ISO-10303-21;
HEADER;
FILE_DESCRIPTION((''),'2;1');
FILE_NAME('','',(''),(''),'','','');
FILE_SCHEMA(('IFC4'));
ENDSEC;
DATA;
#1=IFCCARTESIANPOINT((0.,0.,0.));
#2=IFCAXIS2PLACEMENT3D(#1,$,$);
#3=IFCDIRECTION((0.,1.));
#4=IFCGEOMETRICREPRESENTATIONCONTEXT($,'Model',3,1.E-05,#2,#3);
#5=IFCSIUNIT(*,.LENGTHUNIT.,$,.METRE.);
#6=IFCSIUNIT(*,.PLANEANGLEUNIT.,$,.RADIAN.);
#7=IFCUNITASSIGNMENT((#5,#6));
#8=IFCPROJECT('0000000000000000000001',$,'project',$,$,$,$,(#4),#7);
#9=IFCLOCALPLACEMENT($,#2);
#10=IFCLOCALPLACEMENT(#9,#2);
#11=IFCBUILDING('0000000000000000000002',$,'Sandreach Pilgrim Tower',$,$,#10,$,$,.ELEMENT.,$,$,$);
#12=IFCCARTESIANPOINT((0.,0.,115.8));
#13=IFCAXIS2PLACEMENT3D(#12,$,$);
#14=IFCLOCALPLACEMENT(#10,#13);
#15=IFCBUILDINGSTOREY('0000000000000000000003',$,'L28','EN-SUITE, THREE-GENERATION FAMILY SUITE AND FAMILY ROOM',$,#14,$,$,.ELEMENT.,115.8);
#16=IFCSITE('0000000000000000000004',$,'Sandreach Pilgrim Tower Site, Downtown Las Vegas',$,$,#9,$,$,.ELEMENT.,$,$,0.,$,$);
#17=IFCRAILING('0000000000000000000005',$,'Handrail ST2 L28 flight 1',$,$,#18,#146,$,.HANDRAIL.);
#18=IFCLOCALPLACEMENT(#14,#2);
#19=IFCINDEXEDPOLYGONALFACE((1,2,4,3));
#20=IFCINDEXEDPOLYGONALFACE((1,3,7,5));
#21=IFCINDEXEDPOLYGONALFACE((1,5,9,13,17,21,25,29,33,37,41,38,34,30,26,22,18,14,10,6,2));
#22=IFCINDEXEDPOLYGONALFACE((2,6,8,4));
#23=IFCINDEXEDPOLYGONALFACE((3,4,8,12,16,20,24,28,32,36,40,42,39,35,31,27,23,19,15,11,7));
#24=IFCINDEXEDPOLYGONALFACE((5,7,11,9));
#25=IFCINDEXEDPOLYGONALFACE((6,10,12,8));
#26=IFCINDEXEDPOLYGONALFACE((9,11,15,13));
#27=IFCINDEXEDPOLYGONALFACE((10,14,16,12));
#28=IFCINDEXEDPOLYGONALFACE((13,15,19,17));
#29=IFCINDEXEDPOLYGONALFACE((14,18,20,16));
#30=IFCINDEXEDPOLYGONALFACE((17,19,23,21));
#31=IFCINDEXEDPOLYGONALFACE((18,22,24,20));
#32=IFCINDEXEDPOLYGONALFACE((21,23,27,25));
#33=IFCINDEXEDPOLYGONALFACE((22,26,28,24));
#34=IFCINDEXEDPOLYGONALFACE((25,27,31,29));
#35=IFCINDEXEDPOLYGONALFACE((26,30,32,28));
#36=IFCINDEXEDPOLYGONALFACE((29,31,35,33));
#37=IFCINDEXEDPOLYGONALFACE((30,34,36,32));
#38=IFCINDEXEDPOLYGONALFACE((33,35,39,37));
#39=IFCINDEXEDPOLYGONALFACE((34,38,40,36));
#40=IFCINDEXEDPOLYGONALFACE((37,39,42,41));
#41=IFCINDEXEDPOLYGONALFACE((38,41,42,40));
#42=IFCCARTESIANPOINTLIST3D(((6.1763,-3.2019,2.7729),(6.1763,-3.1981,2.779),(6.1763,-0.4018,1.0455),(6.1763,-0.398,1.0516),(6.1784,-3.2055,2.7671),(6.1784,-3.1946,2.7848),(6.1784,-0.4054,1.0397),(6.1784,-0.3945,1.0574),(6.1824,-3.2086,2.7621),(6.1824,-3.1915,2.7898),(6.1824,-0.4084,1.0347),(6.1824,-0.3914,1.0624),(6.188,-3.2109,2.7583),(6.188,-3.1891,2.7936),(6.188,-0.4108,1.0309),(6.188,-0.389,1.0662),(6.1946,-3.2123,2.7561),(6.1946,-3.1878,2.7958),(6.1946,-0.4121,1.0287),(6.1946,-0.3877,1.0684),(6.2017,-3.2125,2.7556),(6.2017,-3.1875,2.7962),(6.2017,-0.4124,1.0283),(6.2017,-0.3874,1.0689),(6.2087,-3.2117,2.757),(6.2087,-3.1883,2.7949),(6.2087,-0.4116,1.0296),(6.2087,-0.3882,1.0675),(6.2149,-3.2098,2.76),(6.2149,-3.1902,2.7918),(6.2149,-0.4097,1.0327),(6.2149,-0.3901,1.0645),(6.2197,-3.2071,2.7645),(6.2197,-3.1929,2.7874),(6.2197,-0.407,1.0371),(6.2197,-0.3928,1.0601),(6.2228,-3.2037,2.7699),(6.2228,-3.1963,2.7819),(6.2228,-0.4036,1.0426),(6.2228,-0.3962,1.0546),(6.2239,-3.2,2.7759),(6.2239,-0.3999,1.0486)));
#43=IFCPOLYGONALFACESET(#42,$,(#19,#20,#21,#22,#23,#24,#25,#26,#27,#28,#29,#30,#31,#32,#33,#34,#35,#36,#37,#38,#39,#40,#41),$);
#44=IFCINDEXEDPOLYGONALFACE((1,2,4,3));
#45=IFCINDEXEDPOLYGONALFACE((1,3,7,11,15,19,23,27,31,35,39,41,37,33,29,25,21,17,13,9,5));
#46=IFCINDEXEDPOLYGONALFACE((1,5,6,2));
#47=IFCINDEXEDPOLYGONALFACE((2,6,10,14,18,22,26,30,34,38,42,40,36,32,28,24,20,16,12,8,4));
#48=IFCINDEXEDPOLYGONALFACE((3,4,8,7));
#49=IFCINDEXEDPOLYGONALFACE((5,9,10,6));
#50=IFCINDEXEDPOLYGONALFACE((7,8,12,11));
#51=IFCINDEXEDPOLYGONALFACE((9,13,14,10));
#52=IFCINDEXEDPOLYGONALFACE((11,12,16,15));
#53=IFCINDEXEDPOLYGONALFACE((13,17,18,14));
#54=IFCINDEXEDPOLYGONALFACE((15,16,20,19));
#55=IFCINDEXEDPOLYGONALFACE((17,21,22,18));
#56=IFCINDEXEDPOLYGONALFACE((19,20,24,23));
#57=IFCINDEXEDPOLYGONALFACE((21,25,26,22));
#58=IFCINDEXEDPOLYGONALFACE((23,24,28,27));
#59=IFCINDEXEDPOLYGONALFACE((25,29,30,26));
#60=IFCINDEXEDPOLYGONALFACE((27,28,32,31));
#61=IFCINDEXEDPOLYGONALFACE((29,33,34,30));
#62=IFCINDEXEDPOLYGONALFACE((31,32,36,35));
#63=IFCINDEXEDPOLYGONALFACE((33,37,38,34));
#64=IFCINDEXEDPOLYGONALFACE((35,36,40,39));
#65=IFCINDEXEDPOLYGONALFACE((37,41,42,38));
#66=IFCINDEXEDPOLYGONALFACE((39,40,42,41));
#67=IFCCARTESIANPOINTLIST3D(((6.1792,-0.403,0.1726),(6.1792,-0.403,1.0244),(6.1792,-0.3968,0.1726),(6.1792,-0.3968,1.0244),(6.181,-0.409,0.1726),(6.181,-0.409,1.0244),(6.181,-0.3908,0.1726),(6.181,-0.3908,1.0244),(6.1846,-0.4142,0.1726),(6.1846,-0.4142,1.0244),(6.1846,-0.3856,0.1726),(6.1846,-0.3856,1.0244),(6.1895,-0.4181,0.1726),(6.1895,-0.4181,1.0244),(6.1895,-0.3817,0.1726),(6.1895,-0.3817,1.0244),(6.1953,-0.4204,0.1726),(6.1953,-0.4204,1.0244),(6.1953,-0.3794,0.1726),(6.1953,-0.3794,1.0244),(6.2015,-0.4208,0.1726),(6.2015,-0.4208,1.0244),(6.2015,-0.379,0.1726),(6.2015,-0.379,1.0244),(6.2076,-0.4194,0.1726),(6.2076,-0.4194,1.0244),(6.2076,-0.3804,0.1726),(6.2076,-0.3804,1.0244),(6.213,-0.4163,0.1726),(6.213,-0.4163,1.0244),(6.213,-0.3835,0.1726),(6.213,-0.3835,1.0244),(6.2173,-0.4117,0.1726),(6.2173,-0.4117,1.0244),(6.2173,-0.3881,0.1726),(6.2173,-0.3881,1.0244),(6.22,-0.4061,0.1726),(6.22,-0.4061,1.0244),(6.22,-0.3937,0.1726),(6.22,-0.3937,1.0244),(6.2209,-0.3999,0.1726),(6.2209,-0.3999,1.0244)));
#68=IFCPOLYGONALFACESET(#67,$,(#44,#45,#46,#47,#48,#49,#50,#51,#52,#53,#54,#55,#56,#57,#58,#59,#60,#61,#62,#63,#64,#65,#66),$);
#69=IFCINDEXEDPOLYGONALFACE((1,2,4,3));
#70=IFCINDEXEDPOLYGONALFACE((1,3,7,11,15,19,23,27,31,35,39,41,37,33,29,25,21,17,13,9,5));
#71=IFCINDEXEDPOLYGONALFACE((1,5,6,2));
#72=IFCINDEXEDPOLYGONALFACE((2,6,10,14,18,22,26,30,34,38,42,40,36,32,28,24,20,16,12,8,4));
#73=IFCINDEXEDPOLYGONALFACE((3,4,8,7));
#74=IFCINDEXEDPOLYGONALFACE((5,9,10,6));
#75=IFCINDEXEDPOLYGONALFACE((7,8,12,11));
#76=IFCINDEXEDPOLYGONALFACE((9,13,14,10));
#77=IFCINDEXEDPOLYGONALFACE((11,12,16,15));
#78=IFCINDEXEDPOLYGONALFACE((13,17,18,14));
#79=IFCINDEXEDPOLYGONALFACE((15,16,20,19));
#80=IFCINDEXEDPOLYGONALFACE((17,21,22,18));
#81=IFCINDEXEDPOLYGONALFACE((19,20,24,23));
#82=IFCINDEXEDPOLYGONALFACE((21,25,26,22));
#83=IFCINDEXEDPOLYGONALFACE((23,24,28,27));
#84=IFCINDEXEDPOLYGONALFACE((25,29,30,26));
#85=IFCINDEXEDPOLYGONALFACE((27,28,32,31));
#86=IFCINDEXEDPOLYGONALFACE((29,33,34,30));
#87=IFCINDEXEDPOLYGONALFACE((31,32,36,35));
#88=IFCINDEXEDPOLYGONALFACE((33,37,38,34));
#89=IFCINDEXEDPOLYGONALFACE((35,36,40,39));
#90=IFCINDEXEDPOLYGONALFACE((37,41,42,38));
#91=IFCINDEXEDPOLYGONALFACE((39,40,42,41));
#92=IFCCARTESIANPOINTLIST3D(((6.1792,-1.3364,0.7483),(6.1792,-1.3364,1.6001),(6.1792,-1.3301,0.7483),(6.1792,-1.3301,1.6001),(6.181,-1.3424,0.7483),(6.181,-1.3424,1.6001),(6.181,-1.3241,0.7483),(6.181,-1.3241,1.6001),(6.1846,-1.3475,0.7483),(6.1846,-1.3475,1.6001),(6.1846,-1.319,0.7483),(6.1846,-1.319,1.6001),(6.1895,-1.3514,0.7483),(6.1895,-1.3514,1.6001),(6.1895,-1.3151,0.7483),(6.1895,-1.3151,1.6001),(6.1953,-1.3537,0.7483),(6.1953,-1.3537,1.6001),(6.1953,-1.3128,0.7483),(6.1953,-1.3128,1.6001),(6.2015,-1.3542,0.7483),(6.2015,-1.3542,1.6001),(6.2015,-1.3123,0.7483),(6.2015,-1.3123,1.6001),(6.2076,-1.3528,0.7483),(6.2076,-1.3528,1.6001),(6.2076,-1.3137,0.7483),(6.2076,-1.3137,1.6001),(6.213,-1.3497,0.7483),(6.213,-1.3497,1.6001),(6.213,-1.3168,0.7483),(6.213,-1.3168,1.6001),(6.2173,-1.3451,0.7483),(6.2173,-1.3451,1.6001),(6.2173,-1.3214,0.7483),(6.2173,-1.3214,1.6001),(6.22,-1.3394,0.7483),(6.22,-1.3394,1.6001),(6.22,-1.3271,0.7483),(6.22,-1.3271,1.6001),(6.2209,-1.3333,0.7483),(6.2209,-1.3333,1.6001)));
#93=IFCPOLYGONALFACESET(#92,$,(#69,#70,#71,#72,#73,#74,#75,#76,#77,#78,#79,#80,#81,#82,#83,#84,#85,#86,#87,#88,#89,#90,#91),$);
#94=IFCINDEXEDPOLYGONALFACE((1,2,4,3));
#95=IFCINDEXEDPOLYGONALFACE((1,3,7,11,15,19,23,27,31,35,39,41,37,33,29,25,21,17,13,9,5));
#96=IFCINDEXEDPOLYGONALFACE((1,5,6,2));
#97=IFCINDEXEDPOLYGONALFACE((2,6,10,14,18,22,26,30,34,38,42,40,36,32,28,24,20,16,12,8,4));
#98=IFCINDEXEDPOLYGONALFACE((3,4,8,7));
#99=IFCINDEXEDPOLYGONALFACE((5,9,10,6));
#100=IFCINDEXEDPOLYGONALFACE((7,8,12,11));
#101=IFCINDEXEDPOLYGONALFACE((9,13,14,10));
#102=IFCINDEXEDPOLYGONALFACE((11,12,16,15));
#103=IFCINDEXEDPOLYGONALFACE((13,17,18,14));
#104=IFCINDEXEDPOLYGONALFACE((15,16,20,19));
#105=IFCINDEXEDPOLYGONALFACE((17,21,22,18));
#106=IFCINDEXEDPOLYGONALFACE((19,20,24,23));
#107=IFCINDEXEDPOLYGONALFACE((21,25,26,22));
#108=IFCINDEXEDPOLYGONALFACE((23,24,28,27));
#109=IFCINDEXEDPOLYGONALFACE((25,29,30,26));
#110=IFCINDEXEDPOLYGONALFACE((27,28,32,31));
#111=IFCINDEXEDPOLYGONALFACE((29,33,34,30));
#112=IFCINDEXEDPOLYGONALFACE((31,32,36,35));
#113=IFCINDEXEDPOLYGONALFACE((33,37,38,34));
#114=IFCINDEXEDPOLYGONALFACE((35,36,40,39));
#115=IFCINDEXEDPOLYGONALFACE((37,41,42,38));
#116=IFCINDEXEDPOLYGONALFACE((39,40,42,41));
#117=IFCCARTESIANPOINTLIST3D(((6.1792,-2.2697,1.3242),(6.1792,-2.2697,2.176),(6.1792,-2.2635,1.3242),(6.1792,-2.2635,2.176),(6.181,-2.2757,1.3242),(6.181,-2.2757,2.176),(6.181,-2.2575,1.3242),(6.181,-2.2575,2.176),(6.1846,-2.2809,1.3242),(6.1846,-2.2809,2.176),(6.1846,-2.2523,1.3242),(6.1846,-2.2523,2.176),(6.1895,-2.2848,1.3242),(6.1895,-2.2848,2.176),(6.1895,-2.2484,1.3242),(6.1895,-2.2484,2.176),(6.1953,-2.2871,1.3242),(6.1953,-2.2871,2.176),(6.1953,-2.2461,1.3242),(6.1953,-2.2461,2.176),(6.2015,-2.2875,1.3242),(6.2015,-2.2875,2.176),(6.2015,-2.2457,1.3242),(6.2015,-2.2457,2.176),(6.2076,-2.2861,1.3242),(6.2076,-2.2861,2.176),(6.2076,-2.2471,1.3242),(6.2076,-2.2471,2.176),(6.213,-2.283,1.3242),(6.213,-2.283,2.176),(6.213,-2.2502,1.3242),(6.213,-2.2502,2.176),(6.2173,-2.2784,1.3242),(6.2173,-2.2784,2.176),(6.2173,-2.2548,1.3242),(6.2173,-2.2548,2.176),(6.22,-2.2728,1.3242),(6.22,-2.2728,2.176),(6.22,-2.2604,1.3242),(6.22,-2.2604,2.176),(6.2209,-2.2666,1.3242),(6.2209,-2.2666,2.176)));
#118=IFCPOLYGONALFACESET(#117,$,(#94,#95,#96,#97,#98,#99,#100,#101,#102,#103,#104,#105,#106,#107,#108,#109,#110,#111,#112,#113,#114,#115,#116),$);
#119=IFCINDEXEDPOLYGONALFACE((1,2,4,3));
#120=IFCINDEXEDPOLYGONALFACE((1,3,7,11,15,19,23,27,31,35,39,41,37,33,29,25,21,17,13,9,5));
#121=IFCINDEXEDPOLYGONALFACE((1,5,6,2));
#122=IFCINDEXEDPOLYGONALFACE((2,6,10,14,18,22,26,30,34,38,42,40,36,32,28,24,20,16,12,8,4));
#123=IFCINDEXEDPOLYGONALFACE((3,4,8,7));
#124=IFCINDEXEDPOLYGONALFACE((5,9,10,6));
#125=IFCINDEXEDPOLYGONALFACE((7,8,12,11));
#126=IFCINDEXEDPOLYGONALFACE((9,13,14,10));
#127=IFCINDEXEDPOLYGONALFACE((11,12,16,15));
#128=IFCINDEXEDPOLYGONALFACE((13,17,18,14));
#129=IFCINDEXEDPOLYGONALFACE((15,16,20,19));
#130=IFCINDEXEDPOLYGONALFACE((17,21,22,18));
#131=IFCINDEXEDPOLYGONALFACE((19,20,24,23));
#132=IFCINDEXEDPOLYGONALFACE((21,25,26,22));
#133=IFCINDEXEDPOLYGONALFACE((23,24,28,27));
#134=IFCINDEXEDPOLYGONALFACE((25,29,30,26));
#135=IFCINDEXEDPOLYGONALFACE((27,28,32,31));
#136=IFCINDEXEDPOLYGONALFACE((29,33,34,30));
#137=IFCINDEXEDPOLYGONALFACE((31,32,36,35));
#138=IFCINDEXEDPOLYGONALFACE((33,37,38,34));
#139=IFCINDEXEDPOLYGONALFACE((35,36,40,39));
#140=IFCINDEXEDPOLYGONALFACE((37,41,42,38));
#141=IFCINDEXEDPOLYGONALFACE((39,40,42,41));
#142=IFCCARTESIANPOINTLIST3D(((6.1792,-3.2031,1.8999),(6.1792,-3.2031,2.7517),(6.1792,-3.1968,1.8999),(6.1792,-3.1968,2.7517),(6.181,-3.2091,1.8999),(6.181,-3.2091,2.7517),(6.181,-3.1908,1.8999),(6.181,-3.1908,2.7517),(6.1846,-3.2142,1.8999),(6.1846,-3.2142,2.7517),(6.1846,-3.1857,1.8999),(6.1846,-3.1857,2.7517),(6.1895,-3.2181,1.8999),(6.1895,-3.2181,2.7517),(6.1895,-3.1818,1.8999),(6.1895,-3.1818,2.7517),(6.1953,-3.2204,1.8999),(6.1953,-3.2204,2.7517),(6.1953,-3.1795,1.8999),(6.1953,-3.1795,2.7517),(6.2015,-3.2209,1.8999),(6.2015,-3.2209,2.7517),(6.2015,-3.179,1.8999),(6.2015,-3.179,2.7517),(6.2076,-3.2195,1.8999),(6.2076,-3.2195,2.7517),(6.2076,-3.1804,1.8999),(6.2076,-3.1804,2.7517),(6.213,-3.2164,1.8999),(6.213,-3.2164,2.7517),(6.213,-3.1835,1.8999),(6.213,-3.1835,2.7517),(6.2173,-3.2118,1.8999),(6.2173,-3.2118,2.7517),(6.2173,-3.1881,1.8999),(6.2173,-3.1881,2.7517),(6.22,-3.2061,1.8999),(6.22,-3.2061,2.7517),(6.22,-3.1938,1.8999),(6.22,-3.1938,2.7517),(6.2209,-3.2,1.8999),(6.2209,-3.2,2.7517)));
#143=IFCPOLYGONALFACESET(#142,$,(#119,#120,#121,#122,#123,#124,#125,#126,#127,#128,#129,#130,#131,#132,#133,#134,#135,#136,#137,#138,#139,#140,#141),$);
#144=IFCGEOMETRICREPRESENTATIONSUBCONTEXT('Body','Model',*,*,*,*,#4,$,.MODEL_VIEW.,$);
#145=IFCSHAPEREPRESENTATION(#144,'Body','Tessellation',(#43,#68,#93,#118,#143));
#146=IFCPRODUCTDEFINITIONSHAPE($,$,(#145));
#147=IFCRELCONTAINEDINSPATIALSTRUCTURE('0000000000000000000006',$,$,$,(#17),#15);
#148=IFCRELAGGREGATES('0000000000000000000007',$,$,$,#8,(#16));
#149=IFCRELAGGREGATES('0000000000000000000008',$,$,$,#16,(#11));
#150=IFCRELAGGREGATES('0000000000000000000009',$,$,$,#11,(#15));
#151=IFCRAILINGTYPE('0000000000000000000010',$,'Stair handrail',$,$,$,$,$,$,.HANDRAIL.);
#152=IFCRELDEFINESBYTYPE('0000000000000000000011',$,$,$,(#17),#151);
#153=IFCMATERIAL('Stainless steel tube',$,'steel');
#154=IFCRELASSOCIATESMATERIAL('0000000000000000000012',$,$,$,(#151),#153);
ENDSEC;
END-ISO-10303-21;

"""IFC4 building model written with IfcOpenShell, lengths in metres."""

from ifc_helpers import new_model, si_unit, direction, frame, origin, origin_2d, place, context, subcontext, project, spatial, circle, extrude, material, type_object, element, save


model = new_model("IFC4")

# Units and contexts
model_context = context("Model", 3, precision=1e-05, world=origin(), true_north=direction((0.0, 1.0)))
body_context = subcontext(model_context, "Body", "Model", "MODEL_VIEW")
ifc_project = project(units=[si_unit("LENGTHUNIT", "METRE"), si_unit("PLANEANGLEUNIT", "RADIAN")], contexts=[model_context])

# Site, building, storey
site_placement = place(None, origin())
site = spatial("IfcSite", under=ifc_project, at=site_placement, Name="Sandreach Pilgrim Tower Site, Downtown Las Vegas", CompositionType="ELEMENT", RefElevation=0.0)
building_placement = place(site_placement, origin())
building = spatial("IfcBuilding", under=site, at=building_placement, Name="Sandreach Pilgrim Tower", CompositionType="ELEMENT")
storey_placement = place(building_placement, frame((0.0, 0.0, 115.8)))
storey = spatial("IfcBuildingStorey", under=building, at=storey_placement, Name="L28", Description="EN-SUITE, THREE-GENERATION FAMILY SUITE AND FAMILY ROOM", CompositionType="ELEMENT", Elevation=115.8)

# Railing
ifc_material_1 = material(Name="Stainless steel tube", Category="steel")
railing_type = type_object("IfcRailingType", Name="Stair handrail", PredefinedType="HANDRAIL", material=ifc_material_1)
for number, where, name in (
    (1, (6.2, -0.3999, 0.1726), "Handrail ST2 L28 flight 1"),
):
    element("IfcRailing", number, at=place(storey_placement, frame(where)), inside=storey, type_object=railing_type, Name=name, PredefinedType="HANDRAIL", context=body_context, shape_type="SweptSolid", body=[
        extrude(circle(Radius=0.0239, at=origin_2d()), frame((0.0, 0.0, 0.876), z_axis=(0.0, -0.85109, 0.52502), x_axis=(1.0, 0.0, 0.0)), (0.0, 0.0, 1.0), 3.29),
        extrude(circle(Radius=0.021, at=origin_2d()), origin(), (0.0, 0.0, 1.0), 0.8518),
        extrude(circle(Radius=0.021, at=origin_2d()), frame((0.0, -0.9333, 0.5757)), (0.0, 0.0, 1.0), 0.8518),
        extrude(circle(Radius=0.021, at=origin_2d()), frame((0.0, -1.8667, 1.1516)), (0.0, 0.0, 1.0), 0.8518),
        extrude(circle(Radius=0.021, at=origin_2d()), frame((0.0, -2.8, 1.7273)), (0.0, 0.0, 1.0), 0.8518),
    ])

save(model, "model.ifc")
